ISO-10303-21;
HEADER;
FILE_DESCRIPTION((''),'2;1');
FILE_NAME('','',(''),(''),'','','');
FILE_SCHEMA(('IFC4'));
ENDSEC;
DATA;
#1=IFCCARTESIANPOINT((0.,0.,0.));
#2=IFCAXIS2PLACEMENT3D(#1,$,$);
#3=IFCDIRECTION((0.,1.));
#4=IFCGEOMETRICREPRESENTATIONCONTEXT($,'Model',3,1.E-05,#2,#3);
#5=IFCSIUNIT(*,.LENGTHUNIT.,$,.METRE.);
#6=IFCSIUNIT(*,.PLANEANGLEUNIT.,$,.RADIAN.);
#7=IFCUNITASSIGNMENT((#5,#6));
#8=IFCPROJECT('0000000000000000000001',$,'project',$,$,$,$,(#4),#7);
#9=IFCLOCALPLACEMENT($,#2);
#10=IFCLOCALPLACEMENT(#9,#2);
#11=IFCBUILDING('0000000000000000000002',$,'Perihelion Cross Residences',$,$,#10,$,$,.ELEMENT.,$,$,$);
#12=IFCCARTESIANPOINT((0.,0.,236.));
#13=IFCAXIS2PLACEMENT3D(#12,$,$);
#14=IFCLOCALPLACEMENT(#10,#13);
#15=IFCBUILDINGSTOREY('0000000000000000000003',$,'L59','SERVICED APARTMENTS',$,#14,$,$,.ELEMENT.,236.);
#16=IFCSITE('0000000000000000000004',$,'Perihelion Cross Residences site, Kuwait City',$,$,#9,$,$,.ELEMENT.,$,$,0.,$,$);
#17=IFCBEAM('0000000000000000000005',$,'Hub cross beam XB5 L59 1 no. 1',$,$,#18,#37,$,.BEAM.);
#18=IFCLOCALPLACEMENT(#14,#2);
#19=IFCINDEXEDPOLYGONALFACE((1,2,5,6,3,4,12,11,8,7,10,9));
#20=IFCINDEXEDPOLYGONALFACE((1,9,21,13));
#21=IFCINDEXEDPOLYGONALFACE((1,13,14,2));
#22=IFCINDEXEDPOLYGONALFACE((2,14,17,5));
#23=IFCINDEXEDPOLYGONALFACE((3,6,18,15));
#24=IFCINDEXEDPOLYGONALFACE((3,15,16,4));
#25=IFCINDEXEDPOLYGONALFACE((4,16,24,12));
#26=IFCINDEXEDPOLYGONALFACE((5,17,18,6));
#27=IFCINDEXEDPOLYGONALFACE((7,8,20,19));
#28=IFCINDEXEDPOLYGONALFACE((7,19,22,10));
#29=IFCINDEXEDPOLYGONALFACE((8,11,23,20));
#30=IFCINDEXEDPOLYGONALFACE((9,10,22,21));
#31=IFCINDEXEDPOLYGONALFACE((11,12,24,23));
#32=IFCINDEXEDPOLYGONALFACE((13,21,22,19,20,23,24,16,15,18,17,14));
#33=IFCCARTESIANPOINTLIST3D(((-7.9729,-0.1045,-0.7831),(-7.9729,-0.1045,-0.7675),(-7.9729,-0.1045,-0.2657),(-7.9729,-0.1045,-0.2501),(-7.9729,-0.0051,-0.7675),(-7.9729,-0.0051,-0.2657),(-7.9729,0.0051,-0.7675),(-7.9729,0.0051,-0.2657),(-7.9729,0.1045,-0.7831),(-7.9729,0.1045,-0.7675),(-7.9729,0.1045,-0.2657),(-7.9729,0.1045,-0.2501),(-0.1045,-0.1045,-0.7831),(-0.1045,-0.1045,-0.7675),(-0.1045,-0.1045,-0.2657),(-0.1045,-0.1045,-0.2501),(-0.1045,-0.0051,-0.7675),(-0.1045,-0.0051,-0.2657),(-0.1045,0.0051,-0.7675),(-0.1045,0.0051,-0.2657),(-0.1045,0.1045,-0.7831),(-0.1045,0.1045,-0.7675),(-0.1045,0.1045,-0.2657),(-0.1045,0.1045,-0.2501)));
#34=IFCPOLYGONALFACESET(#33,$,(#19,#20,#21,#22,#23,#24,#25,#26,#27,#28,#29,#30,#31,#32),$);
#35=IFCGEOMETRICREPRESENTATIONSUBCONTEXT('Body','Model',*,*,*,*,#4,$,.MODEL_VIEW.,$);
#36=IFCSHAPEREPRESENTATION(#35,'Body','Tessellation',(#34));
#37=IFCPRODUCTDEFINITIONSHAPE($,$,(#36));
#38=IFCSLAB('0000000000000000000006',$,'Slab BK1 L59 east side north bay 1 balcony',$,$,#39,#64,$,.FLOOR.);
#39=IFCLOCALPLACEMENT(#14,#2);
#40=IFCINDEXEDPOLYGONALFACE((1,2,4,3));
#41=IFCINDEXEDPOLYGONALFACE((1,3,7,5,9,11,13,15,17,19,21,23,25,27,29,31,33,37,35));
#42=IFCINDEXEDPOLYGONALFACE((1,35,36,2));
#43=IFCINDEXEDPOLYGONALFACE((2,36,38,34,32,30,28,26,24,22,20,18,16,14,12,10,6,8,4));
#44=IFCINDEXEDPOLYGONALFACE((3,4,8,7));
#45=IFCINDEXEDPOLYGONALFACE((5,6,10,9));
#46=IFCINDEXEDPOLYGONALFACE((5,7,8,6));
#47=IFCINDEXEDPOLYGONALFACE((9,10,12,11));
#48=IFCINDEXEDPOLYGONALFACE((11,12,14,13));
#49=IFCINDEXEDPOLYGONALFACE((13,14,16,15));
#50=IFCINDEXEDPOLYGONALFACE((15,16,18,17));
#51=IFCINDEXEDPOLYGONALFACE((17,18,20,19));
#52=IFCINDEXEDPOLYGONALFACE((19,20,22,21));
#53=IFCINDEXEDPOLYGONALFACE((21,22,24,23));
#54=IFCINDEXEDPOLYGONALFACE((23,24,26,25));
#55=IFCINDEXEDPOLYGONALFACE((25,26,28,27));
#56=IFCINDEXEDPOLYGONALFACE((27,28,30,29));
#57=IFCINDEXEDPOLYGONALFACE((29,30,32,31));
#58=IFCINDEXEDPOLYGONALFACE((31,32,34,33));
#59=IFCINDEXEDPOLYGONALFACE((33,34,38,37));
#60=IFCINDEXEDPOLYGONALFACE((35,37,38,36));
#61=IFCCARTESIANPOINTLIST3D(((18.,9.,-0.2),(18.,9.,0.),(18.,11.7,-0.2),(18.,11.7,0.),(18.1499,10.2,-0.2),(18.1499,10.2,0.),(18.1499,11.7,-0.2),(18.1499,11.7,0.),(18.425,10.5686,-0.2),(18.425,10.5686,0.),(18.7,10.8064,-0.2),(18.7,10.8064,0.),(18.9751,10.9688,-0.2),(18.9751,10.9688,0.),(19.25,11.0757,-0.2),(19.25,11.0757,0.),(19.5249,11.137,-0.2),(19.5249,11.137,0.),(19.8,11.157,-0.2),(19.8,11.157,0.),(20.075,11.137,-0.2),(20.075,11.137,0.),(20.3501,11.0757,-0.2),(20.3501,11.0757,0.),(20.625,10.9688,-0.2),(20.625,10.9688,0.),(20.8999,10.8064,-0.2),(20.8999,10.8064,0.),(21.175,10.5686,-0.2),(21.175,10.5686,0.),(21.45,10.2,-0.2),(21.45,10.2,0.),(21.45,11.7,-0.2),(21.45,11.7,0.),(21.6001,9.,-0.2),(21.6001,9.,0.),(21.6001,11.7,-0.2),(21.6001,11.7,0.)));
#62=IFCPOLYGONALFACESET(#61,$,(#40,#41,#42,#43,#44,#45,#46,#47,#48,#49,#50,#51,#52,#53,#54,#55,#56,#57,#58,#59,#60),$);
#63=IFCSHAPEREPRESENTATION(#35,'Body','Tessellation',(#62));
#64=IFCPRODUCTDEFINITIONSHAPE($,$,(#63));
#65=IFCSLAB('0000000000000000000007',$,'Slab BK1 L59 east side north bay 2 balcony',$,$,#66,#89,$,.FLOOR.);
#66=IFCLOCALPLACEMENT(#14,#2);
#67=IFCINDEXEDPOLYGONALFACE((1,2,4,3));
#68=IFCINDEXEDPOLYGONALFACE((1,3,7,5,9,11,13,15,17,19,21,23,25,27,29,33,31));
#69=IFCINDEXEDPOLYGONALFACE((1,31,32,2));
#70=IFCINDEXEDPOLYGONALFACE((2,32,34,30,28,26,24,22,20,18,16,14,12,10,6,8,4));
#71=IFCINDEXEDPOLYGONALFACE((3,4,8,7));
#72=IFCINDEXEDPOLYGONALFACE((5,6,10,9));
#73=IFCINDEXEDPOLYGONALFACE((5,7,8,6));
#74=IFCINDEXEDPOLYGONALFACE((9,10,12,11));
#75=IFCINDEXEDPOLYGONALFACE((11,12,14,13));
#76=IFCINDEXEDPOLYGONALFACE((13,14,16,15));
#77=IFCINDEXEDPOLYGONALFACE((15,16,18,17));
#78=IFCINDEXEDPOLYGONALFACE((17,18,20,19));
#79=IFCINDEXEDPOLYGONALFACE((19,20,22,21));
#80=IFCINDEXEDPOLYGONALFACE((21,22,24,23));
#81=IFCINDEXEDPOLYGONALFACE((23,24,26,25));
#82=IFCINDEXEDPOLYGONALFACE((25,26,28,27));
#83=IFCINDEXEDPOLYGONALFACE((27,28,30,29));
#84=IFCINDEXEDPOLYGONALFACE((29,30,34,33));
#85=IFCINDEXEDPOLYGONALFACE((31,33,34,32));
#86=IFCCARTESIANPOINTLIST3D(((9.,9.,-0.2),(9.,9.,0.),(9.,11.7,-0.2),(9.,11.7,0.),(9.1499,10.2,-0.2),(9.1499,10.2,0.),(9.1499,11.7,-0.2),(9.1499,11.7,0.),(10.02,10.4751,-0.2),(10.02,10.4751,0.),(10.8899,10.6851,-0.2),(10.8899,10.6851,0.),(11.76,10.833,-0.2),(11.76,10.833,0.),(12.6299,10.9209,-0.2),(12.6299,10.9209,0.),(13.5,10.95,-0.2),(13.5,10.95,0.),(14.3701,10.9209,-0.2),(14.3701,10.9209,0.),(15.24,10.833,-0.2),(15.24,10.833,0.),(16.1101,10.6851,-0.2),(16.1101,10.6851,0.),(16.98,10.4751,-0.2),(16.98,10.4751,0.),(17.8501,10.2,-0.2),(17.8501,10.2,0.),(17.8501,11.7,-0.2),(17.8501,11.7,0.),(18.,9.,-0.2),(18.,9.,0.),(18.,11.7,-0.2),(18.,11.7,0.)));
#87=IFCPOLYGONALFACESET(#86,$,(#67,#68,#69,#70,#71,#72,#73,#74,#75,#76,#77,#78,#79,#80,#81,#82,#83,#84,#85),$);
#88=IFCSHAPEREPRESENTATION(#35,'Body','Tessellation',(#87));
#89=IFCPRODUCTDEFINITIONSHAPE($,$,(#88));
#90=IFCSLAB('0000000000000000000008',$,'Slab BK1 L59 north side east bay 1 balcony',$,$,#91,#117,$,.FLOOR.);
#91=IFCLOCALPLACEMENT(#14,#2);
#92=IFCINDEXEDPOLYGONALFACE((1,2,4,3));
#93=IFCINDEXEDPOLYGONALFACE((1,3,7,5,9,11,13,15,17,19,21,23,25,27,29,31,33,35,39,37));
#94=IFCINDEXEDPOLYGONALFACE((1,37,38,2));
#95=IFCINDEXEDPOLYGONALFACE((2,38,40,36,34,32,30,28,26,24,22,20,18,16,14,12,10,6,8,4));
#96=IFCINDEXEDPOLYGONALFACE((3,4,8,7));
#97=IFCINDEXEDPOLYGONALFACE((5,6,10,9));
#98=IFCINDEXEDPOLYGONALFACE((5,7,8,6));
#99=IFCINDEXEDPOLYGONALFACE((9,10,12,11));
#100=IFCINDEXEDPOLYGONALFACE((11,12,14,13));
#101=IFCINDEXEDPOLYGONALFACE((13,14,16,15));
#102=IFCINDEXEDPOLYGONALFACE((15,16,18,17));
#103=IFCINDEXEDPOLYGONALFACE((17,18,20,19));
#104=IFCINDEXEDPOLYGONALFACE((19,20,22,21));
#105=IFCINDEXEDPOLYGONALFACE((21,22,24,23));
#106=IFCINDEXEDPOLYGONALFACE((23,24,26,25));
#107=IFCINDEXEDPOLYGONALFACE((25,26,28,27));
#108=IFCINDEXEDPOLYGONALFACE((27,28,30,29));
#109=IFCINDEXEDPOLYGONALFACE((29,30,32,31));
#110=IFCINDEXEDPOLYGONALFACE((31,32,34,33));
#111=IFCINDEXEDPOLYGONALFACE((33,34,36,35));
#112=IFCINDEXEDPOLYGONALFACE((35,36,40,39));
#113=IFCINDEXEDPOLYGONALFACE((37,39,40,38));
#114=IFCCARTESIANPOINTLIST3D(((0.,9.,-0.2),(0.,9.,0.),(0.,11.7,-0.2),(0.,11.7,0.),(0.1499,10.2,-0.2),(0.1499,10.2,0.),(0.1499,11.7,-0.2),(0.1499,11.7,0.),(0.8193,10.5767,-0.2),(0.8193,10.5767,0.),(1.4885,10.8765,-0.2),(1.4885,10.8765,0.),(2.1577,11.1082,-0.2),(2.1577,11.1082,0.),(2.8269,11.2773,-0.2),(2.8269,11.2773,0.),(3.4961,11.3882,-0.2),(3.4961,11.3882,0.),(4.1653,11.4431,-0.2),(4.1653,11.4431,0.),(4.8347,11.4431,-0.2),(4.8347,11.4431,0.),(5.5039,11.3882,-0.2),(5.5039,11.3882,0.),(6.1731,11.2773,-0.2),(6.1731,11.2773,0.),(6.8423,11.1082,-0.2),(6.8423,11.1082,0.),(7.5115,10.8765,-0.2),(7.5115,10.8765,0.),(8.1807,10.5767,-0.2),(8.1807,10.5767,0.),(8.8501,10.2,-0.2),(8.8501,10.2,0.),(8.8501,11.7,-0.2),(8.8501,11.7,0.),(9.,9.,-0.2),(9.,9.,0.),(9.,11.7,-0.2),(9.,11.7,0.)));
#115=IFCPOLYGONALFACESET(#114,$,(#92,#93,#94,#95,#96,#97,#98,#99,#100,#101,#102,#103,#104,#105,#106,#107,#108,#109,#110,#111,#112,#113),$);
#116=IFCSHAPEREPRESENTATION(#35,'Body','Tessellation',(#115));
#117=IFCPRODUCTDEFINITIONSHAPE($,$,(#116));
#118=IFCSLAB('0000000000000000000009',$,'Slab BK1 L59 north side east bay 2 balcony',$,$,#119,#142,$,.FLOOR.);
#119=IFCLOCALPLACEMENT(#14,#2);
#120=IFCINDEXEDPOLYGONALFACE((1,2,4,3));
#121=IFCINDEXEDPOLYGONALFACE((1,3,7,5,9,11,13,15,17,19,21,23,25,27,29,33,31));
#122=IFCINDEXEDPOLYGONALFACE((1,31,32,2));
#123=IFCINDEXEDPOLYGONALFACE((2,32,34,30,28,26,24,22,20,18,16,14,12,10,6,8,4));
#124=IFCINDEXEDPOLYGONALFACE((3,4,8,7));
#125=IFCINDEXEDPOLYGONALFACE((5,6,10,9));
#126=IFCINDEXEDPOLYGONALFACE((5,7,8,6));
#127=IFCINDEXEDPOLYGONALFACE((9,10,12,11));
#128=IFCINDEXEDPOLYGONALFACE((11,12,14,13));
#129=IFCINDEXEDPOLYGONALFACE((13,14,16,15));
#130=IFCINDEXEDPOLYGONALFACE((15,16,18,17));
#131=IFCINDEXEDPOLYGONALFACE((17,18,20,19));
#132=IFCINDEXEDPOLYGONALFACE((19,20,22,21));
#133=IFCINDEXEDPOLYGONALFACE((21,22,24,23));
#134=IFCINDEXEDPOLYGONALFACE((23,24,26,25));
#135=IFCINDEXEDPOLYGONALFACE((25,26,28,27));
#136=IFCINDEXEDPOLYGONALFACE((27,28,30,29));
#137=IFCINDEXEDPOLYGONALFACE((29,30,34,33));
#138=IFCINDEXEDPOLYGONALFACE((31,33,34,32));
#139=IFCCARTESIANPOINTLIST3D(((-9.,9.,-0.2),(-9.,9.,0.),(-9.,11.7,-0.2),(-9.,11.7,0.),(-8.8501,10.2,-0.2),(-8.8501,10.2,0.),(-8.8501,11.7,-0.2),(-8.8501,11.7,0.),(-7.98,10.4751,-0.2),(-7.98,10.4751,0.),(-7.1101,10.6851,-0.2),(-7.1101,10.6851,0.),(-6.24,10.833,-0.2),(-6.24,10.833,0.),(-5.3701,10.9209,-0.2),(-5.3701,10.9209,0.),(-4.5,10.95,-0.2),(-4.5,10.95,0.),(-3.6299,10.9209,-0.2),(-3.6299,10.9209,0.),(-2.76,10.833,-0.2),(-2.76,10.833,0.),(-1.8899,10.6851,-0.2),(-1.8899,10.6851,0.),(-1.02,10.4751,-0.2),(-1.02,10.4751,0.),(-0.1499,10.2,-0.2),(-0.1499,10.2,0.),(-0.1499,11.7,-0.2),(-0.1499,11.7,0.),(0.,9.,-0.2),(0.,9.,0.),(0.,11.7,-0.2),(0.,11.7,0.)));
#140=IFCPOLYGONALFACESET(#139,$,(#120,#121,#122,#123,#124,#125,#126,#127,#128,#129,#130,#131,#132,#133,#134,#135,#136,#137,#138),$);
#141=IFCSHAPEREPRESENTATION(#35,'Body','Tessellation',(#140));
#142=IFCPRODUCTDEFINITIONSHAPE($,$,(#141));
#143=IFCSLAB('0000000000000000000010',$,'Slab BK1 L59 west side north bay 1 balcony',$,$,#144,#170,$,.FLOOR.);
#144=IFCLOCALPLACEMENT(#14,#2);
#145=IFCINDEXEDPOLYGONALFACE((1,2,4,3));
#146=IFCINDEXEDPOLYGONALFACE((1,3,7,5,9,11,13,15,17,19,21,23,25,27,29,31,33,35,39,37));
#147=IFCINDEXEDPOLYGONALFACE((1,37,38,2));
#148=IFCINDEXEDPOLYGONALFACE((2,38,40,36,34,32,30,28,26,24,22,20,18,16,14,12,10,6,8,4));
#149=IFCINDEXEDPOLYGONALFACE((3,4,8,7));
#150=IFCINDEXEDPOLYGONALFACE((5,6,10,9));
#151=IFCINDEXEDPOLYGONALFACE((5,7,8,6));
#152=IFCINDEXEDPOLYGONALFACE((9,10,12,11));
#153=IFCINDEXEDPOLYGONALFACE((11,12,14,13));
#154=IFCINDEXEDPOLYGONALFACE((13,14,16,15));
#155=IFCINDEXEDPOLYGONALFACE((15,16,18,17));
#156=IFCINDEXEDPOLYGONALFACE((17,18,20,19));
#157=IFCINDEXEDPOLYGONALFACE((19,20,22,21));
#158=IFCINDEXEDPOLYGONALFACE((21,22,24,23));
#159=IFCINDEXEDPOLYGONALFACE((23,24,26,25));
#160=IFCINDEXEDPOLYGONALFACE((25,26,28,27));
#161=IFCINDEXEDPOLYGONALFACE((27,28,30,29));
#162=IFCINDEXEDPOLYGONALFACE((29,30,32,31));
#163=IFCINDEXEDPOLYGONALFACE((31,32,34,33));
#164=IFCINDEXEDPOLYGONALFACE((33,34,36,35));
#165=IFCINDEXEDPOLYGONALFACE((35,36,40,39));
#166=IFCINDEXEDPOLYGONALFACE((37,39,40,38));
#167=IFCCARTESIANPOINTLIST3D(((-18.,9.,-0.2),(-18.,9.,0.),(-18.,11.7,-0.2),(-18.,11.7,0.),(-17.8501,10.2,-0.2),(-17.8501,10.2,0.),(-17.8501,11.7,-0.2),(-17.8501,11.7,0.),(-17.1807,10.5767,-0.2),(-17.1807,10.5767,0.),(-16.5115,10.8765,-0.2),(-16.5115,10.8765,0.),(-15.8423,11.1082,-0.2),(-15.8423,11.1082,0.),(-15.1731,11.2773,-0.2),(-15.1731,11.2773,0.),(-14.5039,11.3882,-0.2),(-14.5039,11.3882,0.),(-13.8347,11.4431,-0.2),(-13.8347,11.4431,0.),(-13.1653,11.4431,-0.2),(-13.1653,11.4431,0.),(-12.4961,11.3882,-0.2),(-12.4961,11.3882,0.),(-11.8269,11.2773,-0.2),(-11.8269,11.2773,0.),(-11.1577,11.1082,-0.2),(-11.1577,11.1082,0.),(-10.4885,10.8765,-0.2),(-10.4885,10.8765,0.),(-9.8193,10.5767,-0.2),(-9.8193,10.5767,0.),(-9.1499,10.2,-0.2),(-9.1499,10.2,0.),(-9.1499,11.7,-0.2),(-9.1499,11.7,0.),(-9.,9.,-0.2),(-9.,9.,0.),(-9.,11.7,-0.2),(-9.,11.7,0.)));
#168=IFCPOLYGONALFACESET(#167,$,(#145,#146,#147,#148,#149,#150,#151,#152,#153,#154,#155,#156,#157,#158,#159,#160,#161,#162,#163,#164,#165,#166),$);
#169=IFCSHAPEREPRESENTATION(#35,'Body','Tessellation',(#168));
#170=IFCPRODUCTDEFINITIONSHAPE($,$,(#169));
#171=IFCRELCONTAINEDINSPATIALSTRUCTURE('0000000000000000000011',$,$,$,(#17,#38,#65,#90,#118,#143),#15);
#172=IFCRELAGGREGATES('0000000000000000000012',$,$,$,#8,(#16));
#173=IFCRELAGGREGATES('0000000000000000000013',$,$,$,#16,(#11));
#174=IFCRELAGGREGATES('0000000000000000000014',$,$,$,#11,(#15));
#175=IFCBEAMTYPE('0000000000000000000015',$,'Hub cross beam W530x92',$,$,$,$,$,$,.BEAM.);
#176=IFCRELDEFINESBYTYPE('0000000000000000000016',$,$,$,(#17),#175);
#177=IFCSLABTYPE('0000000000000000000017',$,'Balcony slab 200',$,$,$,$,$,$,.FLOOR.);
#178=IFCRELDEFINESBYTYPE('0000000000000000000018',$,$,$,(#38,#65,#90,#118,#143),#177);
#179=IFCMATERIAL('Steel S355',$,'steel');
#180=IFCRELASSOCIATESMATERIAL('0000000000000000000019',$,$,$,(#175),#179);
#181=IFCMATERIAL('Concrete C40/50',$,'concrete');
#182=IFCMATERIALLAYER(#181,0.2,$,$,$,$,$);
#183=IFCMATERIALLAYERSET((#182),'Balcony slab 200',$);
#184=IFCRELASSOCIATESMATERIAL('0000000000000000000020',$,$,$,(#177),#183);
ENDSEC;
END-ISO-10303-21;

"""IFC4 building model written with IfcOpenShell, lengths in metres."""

from ifc_helpers import new_model, si_unit, direction, frame, origin, origin_2d, place, context, subcontext, project, spatial, polyline, i_section, outline, extrude, material, layer, layer_set, material_profile, profile_set, type_object, element, save


model = new_model("IFC4")

# Units and contexts
model_context = context("Model", 3, precision=1e-05, world=origin(), true_north=direction((0.0, 1.0)))
body_context = subcontext(model_context, "Body", "Model", "MODEL_VIEW")
ifc_project = project(units=[si_unit("LENGTHUNIT", "METRE"), si_unit("PLANEANGLEUNIT", "RADIAN")], contexts=[model_context])

# Site, building, storey
site_placement = place(None, origin())
site = spatial("IfcSite", under=ifc_project, at=site_placement, Name="Perihelion Cross Residences site, Kuwait City", CompositionType="ELEMENT", RefElevation=0.0)
building_placement = place(site_placement, origin())
building = spatial("IfcBuilding", under=site, at=building_placement, Name="Perihelion Cross Residences", CompositionType="ELEMENT")
storey_placement = place(building_placement, frame((0.0, 0.0, 236.0)))
storey = spatial("IfcBuildingStorey", under=building, at=storey_placement, Name="L59", Description="SERVICED APARTMENTS", CompositionType="ELEMENT", Elevation=236.0)

# Beam
ifc_material_1 = material(Name="Steel S355", Category="steel")
ifc_material_profile = material_profile(ifc_material_1, i_section(OverallWidth=0.209, OverallDepth=0.533, WebThickness=0.0103, FlangeThickness=0.0156, at=origin_2d()), Name="W530x92")
ifc_profile_set = profile_set([ifc_material_profile], Name="Steel S355")
beam_type = type_object("IfcBeamType", Name="Hub cross beam W530x92", PredefinedType="BEAM", material=ifc_profile_set)
beam_placement = place(storey_placement, frame((-7.9729, 0.0, -0.5166), z_axis=(1.0, 0.0, 0.0), x_axis=(0.0, 1.0, 0.0)))
element("IfcBeam", 1, at=beam_placement, inside=storey, type_object=beam_type, Name="Hub cross beam XB5 L59 1 no. 1", PredefinedType="BEAM", context=body_context, shape_type="SweptSolid", body=[
    extrude(i_section(OverallWidth=0.209, OverallDepth=0.533, WebThickness=0.0103, FlangeThickness=0.0156, at=origin_2d()), origin(), (0.0, 0.0, 1.0), 7.8684),
])

# Slabs
ifc_material_2 = material(Name="Concrete C40/50", Category="concrete")
ifc_layer_1 = layer(ifc_material_2, 0.2)
ifc_layer_set_1 = layer_set([ifc_layer_1], Name="Balcony slab 200")
slab_type_1 = type_object("IfcSlabType", Name="Balcony slab 200", PredefinedType="FLOOR", material=ifc_layer_set_1)
slab_1_placement = place(storey_placement, frame((0.0, 0.0, -0.2)))
element("IfcSlab", 2, at=slab_1_placement, inside=storey, type_object=slab_type_1, Name="Slab BK1 L59 east side north bay 1 balcony", PredefinedType="FLOOR", context=body_context, shape_type="SweptSolid", body=[
    extrude(outline(polyline([(21.6001, 9.0), (18.0, 9.0), (18.0, 11.7), (18.1499, 11.7), (18.1499, 10.2), (18.425, 10.5686), (18.7, 10.8064), (18.9751, 10.9688), (19.25, 11.0757), (19.5249, 11.137), (19.8, 11.157), (20.075, 11.137), (20.3501, 11.0757), (20.625, 10.9688), (20.8999, 10.8064), (21.175, 10.5686), (21.45, 10.2), (21.45, 11.7), (21.6001, 11.7), (21.6001, 9.0)])), origin(), (0.0, 0.0, 1.0), 0.2),
])
slab_2_placement = place(storey_placement, frame((0.0, 0.0, -0.2)))
element("IfcSlab", 3, at=slab_2_placement, inside=storey, type_object=slab_type_1, Name="Slab BK1 L59 east side north bay 2 balcony", PredefinedType="FLOOR", context=body_context, shape_type="SweptSolid", body=[
    extrude(outline(polyline([(18.0, 9.0), (9.0, 9.0), (9.0, 11.7), (9.1499, 11.7), (9.1499, 10.2), (10.02, 10.4751), (10.8899, 10.6851), (11.76, 10.833), (12.6299, 10.9209), (13.5, 10.95), (14.3701, 10.9209), (15.24, 10.833), (16.1101, 10.6851), (16.98, 10.4751), (17.8501, 10.2), (17.8501, 11.7), (18.0, 11.7), (18.0, 9.0)])), origin(), (0.0, 0.0, 1.0), 0.2),
])
slab_3_placement = place(storey_placement, frame((0.0, 0.0, -0.2)))
element("IfcSlab", 4, at=slab_3_placement, inside=storey, type_object=slab_type_1, Name="Slab BK1 L59 north side east bay 1 balcony", PredefinedType="FLOOR", context=body_context, shape_type="SweptSolid", body=[
    extrude(outline(polyline([(9.0, 9.0), (0.0, 9.0), (0.0, 11.7), (0.1499, 11.7), (0.1499, 10.2), (0.8193, 10.5767), (1.4885, 10.8765), (2.1577, 11.1082), (2.8269, 11.2773), (3.4961, 11.3882), (4.1653, 11.4431), (4.8347, 11.4431), (5.5039, 11.3882), (6.1731, 11.2773), (6.8423, 11.1082), (7.5115, 10.8765), (8.1807, 10.5767), (8.8501, 10.2), (8.8501, 11.7), (9.0, 11.7), (9.0, 9.0)])), origin(), (0.0, 0.0, 1.0), 0.2),
])
slab_4_placement = place(storey_placement, frame((0.0, 0.0, -0.2)))
element("IfcSlab", 5, at=slab_4_placement, inside=storey, type_object=slab_type_1, Name="Slab BK1 L59 north side east bay 2 balcony", PredefinedType="FLOOR", context=body_context, shape_type="SweptSolid", body=[
    extrude(outline(polyline([(0.0, 9.0), (-9.0, 9.0), (-9.0, 11.7), (-8.8501, 11.7), (-8.8501, 10.2), (-7.98, 10.4751), (-7.1101, 10.6851), (-6.24, 10.833), (-5.3701, 10.9209), (-4.5, 10.95), (-3.6299, 10.9209), (-2.76, 10.833), (-1.8899, 10.6851), (-1.02, 10.4751), (-0.1499, 10.2), (-0.1499, 11.7), (0.0, 11.7), (0.0, 9.0)])), origin(), (0.0, 0.0, 1.0), 0.2),
])
slab_5_placement = place(storey_placement, frame((0.0, 0.0, -0.2)))
element("IfcSlab", 6, at=slab_5_placement, inside=storey, type_object=slab_type_1, Name="Slab BK1 L59 west side north bay 1 balcony", PredefinedType="FLOOR", context=body_context, shape_type="SweptSolid", body=[
    extrude(outline(polyline([(-9.0, 9.0), (-18.0, 9.0), (-18.0, 11.7), (-17.8501, 11.7), (-17.8501, 10.2), (-17.1807, 10.5767), (-16.5115, 10.8765), (-15.8423, 11.1082), (-15.1731, 11.2773), (-14.5039, 11.3882), (-13.8347, 11.4431), (-13.1653, 11.4431), (-12.4961, 11.3882), (-11.8269, 11.2773), (-11.1577, 11.1082), (-10.4885, 10.8765), (-9.8193, 10.5767), (-9.1499, 10.2), (-9.1499, 11.7), (-9.0, 11.7), (-9.0, 9.0)])), origin(), (0.0, 0.0, 1.0), 0.2),
])

save(model, "model.ifc")
